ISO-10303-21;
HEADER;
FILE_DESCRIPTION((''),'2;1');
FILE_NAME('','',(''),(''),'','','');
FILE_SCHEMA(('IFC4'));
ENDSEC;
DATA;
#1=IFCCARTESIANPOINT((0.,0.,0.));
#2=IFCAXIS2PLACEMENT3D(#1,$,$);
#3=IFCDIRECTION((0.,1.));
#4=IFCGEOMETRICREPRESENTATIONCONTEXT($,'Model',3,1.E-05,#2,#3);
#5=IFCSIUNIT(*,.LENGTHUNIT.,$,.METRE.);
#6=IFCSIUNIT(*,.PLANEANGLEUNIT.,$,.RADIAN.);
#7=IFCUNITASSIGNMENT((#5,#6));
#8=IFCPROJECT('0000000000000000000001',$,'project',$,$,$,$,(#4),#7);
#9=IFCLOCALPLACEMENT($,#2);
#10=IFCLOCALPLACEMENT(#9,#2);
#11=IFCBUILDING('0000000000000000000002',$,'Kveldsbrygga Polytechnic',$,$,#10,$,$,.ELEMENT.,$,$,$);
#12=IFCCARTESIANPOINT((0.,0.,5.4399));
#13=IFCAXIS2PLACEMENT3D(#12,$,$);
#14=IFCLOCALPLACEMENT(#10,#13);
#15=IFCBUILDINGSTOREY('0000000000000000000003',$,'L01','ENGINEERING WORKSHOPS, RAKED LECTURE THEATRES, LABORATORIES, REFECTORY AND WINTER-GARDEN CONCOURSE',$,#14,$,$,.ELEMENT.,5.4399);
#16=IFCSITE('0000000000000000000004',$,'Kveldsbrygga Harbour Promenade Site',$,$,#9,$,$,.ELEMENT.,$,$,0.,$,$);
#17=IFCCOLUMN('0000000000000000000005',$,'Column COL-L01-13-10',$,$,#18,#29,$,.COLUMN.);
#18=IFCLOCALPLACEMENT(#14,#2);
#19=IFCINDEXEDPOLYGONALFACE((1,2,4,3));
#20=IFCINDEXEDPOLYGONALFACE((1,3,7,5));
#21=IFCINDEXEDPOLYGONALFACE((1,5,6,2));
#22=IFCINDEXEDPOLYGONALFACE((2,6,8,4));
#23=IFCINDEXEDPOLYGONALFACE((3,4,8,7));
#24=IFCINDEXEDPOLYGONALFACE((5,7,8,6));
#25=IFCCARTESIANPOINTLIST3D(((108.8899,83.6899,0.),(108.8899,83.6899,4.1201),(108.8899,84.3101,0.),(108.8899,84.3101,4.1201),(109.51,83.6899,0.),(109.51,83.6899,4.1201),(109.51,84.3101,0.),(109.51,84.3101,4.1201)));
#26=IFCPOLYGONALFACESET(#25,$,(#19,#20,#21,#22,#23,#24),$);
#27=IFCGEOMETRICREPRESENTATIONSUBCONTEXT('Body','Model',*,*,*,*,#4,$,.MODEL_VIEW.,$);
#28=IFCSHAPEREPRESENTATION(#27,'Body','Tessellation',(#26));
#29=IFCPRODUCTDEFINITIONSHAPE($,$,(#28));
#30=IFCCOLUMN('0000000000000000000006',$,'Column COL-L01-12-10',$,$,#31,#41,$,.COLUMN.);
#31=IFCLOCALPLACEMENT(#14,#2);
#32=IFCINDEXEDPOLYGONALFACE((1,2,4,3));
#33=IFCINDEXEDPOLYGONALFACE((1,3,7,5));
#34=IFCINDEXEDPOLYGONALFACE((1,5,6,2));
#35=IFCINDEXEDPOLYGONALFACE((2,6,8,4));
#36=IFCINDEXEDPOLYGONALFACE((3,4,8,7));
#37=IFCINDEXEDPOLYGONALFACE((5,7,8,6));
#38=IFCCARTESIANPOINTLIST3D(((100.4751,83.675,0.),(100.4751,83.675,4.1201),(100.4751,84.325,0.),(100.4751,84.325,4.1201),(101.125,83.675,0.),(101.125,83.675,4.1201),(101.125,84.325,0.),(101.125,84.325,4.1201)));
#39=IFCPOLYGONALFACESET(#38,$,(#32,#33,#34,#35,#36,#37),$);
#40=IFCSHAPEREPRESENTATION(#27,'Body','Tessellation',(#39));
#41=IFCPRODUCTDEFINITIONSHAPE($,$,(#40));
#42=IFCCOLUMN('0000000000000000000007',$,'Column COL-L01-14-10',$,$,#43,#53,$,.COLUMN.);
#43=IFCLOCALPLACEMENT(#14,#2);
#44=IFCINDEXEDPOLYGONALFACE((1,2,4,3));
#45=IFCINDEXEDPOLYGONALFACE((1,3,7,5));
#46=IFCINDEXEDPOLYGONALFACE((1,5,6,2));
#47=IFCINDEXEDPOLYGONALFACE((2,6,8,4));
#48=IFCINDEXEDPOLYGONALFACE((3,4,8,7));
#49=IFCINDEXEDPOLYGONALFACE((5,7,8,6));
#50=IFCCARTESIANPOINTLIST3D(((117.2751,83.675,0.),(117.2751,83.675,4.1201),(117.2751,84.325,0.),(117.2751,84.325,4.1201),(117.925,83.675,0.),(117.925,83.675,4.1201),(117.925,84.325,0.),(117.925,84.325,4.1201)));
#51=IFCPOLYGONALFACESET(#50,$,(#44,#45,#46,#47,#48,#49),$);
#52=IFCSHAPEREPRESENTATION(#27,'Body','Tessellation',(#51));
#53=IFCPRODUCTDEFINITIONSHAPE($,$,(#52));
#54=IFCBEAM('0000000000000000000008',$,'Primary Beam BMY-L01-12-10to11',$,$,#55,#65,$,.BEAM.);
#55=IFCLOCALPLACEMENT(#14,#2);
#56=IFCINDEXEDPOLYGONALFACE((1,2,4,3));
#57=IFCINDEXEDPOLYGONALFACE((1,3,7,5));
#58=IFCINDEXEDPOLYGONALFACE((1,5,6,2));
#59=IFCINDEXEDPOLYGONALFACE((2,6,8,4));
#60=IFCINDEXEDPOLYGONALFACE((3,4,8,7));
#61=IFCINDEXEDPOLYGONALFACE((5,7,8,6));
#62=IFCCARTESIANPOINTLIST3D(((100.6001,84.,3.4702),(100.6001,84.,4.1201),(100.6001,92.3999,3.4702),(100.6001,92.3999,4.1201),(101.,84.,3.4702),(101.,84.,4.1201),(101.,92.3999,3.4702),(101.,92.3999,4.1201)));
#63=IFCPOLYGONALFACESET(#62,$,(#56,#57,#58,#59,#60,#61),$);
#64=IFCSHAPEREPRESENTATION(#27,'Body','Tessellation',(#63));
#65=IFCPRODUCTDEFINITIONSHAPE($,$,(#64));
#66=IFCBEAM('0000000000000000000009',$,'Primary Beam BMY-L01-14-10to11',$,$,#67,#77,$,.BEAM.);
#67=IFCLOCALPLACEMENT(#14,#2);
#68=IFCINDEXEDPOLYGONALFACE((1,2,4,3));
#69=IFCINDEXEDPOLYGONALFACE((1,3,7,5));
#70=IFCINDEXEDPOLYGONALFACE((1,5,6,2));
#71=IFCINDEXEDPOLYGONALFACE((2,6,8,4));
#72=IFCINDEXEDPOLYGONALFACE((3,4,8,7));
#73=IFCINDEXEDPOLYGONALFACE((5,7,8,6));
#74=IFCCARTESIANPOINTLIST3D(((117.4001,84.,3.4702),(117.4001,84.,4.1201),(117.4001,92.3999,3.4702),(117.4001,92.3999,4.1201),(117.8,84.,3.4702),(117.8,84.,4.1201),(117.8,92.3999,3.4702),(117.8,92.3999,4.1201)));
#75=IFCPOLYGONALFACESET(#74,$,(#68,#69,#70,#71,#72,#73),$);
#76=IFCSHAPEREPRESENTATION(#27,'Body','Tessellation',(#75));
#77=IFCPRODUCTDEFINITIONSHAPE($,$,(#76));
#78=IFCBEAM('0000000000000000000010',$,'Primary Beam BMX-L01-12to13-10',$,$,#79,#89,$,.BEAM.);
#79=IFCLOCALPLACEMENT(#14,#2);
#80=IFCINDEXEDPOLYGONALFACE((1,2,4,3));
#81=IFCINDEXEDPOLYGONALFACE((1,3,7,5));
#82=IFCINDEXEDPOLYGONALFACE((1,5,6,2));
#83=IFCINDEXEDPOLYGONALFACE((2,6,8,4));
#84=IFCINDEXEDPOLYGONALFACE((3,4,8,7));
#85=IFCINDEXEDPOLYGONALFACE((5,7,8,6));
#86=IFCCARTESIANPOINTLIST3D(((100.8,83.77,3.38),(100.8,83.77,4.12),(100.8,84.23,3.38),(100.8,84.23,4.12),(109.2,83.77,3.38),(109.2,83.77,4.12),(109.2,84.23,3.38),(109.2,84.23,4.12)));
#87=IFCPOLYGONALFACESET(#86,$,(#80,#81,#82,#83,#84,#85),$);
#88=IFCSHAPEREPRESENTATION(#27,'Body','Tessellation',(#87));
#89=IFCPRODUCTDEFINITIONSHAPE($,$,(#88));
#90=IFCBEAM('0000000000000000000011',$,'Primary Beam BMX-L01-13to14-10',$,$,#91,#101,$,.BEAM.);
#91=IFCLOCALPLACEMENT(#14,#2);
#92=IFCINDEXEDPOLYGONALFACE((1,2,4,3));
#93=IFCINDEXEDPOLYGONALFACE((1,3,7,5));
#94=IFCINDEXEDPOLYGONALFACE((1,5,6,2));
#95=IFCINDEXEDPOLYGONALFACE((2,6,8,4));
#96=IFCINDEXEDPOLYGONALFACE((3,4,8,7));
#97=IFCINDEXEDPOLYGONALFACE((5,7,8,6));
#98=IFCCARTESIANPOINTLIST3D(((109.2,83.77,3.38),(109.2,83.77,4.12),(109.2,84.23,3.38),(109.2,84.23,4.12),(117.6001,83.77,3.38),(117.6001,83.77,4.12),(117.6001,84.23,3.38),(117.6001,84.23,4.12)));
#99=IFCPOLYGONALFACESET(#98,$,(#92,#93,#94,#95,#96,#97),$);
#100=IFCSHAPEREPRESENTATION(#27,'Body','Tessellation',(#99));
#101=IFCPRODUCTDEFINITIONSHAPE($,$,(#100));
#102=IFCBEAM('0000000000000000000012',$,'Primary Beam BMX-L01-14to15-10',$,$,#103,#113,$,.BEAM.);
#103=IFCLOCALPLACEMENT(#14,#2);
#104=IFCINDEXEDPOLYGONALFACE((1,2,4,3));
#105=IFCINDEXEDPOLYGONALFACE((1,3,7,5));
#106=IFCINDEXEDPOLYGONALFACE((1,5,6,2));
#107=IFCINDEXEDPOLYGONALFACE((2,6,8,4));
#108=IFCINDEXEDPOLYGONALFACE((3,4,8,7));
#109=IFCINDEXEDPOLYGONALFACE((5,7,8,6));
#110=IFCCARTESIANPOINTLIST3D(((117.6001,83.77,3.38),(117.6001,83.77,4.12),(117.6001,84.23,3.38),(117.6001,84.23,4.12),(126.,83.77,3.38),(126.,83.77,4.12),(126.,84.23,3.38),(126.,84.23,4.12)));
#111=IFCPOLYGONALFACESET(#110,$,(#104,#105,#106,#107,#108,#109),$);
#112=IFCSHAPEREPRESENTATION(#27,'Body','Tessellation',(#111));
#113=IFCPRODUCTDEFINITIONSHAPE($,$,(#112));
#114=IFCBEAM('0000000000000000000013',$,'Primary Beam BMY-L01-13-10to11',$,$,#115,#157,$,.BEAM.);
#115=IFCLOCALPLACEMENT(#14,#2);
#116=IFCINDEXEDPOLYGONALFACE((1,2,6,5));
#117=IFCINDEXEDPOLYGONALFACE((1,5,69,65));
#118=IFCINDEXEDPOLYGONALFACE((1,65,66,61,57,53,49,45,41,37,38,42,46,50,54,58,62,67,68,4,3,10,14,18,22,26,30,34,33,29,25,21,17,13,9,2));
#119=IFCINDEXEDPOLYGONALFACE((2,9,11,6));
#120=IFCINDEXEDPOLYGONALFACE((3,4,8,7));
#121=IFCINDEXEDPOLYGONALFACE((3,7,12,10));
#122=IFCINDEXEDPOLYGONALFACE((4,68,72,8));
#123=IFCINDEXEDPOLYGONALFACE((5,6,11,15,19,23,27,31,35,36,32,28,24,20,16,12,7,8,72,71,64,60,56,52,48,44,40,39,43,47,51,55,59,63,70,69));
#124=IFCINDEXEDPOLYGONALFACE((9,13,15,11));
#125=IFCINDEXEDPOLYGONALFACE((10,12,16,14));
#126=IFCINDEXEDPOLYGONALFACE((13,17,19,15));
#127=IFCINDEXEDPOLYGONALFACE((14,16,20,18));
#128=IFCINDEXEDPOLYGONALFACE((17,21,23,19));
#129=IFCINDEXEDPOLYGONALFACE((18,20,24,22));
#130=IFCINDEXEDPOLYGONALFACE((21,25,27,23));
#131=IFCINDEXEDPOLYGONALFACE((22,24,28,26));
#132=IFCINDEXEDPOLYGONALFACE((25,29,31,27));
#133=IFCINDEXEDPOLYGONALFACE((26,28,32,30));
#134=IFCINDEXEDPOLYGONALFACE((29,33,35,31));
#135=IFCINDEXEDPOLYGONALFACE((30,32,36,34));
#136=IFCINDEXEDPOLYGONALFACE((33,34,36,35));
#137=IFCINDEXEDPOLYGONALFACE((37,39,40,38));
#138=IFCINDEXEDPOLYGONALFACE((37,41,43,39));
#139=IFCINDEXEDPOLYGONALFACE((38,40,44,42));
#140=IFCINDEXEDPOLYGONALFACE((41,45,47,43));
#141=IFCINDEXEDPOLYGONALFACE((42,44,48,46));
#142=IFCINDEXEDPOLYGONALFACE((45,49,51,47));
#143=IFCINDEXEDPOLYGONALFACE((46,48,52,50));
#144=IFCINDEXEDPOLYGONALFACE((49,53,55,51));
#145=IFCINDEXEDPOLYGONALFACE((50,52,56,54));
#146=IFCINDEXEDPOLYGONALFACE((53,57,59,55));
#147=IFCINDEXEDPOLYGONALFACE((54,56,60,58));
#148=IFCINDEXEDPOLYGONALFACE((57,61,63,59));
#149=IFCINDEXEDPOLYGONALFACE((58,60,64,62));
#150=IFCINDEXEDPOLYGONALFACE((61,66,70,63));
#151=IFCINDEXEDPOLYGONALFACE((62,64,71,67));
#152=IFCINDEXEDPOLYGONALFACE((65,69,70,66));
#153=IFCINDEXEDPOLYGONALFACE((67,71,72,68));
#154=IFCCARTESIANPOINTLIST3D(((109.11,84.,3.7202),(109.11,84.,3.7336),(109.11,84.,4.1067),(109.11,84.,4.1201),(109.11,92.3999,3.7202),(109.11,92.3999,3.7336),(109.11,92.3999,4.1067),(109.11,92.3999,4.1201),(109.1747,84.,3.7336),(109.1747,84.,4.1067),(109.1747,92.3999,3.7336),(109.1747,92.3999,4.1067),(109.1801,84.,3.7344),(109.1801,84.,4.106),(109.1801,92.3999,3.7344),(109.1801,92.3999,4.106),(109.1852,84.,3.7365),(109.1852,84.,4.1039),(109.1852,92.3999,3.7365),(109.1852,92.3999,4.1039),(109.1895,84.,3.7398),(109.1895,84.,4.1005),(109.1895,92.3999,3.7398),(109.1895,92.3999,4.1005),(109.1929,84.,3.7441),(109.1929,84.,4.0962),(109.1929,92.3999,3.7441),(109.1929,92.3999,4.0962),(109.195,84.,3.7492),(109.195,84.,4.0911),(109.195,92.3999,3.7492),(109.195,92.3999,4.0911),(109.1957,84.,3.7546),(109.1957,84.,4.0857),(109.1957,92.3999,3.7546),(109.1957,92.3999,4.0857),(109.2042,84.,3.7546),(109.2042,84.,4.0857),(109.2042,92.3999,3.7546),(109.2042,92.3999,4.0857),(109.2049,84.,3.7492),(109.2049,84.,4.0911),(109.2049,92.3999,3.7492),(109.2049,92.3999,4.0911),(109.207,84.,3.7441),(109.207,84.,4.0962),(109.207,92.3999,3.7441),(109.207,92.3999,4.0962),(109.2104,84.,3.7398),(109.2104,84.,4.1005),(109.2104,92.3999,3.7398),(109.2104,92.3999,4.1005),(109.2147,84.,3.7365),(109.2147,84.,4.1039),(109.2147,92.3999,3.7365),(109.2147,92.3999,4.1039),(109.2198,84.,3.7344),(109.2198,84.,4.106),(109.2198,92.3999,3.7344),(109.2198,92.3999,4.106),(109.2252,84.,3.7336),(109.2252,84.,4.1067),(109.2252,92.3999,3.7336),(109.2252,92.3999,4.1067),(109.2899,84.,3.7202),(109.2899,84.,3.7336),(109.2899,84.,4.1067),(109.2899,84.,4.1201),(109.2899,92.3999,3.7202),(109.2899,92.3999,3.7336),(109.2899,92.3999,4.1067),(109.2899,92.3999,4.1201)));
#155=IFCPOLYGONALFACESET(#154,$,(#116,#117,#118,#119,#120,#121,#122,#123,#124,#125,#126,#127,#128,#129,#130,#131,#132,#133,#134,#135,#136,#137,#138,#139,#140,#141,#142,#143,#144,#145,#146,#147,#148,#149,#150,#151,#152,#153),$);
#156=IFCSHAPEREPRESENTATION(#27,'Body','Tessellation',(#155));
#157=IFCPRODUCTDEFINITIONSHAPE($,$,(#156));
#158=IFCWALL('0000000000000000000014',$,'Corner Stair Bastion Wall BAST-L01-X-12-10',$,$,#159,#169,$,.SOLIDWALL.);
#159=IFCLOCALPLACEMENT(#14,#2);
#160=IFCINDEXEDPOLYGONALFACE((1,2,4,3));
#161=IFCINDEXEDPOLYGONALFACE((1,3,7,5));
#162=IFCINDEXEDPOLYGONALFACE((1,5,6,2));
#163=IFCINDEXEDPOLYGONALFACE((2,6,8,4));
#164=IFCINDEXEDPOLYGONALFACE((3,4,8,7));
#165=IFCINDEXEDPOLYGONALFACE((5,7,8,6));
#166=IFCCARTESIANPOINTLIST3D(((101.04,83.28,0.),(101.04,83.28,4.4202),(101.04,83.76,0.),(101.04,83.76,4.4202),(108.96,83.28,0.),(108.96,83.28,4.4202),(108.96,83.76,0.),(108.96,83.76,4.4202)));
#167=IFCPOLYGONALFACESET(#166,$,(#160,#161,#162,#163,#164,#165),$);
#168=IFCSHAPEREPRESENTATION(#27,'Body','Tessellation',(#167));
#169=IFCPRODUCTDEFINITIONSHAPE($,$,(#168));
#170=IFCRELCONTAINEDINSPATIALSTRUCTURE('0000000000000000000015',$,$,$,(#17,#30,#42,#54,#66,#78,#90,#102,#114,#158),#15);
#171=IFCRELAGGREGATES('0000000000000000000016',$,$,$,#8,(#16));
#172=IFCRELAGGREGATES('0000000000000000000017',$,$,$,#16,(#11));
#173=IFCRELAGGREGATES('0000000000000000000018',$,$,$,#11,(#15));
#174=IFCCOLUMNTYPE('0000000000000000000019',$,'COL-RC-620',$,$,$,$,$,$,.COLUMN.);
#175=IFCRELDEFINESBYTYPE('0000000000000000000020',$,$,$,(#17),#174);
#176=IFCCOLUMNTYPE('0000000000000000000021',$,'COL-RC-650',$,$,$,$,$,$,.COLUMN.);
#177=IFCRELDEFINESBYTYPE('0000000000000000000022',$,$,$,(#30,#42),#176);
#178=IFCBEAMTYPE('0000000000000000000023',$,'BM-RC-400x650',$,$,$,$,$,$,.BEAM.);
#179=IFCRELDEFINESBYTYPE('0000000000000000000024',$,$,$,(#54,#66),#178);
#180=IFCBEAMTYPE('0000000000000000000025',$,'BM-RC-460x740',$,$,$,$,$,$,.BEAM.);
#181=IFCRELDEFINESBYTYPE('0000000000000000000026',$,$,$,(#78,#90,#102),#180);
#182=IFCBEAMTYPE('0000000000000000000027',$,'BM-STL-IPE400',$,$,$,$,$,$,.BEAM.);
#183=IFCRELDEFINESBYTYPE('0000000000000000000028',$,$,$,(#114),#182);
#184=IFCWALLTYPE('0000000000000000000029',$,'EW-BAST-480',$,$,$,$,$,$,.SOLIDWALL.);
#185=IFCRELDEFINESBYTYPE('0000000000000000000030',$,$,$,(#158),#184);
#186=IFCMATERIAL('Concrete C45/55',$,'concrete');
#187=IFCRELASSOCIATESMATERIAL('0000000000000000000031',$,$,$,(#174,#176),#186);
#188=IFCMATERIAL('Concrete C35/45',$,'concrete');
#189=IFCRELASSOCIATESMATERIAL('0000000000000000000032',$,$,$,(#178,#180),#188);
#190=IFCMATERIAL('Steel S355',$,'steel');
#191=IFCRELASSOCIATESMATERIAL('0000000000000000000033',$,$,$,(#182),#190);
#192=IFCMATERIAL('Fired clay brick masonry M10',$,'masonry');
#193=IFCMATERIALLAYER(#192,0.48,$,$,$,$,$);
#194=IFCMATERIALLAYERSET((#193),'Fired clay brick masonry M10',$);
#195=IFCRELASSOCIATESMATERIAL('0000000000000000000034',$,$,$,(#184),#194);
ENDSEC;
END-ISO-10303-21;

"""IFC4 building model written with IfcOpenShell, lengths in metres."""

from ifc_helpers import new_model, si_unit, direction, frame, frame_2d, origin, origin_2d, place, context, subcontext, project, spatial, rectangle, i_section, extrude, material, layer, layer_set, material_profile, profile_set, type_object, element, save


model = new_model("IFC4")

# Units and contexts
model_context = context("Model", 3, precision=1e-05, world=origin(), true_north=direction((0.0, 1.0)))
body_context = subcontext(model_context, "Body", "Model", "MODEL_VIEW")
ifc_project = project(units=[si_unit("LENGTHUNIT", "METRE"), si_unit("PLANEANGLEUNIT", "RADIAN")], contexts=[model_context])

# Site, building, storey
site_placement = place(None, origin())
site = spatial("IfcSite", under=ifc_project, at=site_placement, Name="Kveldsbrygga Harbour Promenade Site", CompositionType="ELEMENT", RefElevation=0.0)
building_placement = place(site_placement, origin())
building = spatial("IfcBuilding", under=site, at=building_placement, Name="Kveldsbrygga Polytechnic", CompositionType="ELEMENT")
storey_placement = place(building_placement, frame((0.0, 0.0, 5.4399)))
storey = spatial("IfcBuildingStorey", under=building, at=storey_placement, Name="L01", Description="ENGINEERING WORKSHOPS, RAKED LECTURE THEATRES, LABORATORIES, REFECTORY AND WINTER-GARDEN CONCOURSE", CompositionType="ELEMENT", Elevation=5.4399)

# Columns
ifc_material_1 = material(Name="Concrete C45/55", Category="concrete")
ifc_material_profile_1 = material_profile(ifc_material_1, rectangle(XDim=0.6201, YDim=0.6201, at=origin_2d()), Name="RC 620x620")
ifc_profile_set_1 = profile_set([ifc_material_profile_1], Name="Concrete C45/55")
column_type_1 = type_object("IfcColumnType", Name="COL-RC-620", PredefinedType="COLUMN", material=ifc_profile_set_1)
column_placement = place(storey_placement, frame((109.2, 84.0, 0.0), z_axis=(0.0, 0.0, 1.0), x_axis=(1.0, 0.0, 0.0)))
element("IfcColumn", 1, at=column_placement, inside=storey, type_object=column_type_1, Name="Column COL-L01-13-10", PredefinedType="COLUMN", context=body_context, shape_type="SweptSolid", body=[
    extrude(rectangle(XDim=0.6201, YDim=0.6201, at=origin_2d()), origin(), (0.0, 0.0, 1.0), 4.1201),
])
ifc_material_profile_2 = material_profile(ifc_material_1, rectangle(XDim=0.6499, YDim=0.6499, at=origin_2d()), Name="RC 650x650")
ifc_profile_set_2 = profile_set([ifc_material_profile_2], Name="Concrete C45/55")
column_type_2 = type_object("IfcColumnType", Name="COL-RC-650", PredefinedType="COLUMN", material=ifc_profile_set_2)
for number, where, z_axis, x_axis, name in (
    (2, (100.8, 84.0, 0.0), (0.0, 0.0, 1.0), (1.0, 0.0, 0.0), "Column COL-L01-12-10"),
    (3, (117.6001, 84.0, 0.0), (0.0, 0.0, 1.0), (1.0, 0.0, 0.0), "Column COL-L01-14-10"),
):
    element("IfcColumn", number, at=place(storey_placement, frame(where, z_axis=z_axis, x_axis=x_axis)), inside=storey, type_object=column_type_2, Name=name, PredefinedType="COLUMN", context=body_context, shape_type="SweptSolid", body=[
        extrude(rectangle(XDim=0.6499, YDim=0.6499, at=origin_2d()), origin(), (0.0, 0.0, 1.0), 4.1201),
    ])

# Beams
ifc_material_2 = material(Name="Concrete C35/45", Category="concrete")
ifc_material_profile_3 = material_profile(ifc_material_2, rectangle(XDim=0.3999, YDim=0.6499, at=origin_2d()), Name="RC 400x650")
ifc_profile_set_3 = profile_set([ifc_material_profile_3], Name="Concrete C35/45")
beam_type_1 = type_object("IfcBeamType", Name="BM-RC-400x650", PredefinedType="BEAM", material=ifc_profile_set_3)
for number, where, z_axis, x_axis, name in (
    (4, (100.8, 84.0, 3.7952), (0.0, 1.0, 0.0), (-1.0, 0.0, 0.0), "Primary Beam BMY-L01-12-10to11"),
    (5, (117.6001, 84.0, 3.7952), (0.0, 1.0, 0.0), (-1.0, 0.0, 0.0), "Primary Beam BMY-L01-14-10to11"),
):
    element("IfcBeam", number, at=place(storey_placement, frame(where, z_axis=z_axis, x_axis=x_axis)), inside=storey, type_object=beam_type_1, Name=name, PredefinedType="BEAM", context=body_context, shape_type="SweptSolid", body=[
        extrude(rectangle(XDim=0.3999, YDim=0.6499, at=origin_2d()), origin(), (0.0, 0.0, 1.0), 8.3999),
    ])
ifc_material_profile_4 = material_profile(ifc_material_2, rectangle(XDim=0.46, YDim=0.74, at=origin_2d()), Name="RC 460x740")
ifc_profile_set_4 = profile_set([ifc_material_profile_4], Name="Concrete C35/45")
beam_type_2 = type_object("IfcBeamType", Name="BM-RC-460x740", PredefinedType="BEAM", material=ifc_profile_set_4)
beam_1_placement = place(storey_placement, frame((100.8, 84.0, 3.75), z_axis=(1.0, 0.0, 0.0), x_axis=(0.0, 1.0, 0.0)))
element("IfcBeam", 6, at=beam_1_placement, inside=storey, type_object=beam_type_2, Name="Primary Beam BMX-L01-12to13-10", PredefinedType="BEAM", context=body_context, shape_type="SweptSolid", body=[
    extrude(rectangle(XDim=0.46, YDim=0.74, at=origin_2d()), origin(), (0.0, 0.0, 1.0), 8.3999),
])
beam_2_placement = place(storey_placement, frame((109.2, 84.0, 3.75), z_axis=(1.0, 0.0, 0.0), x_axis=(0.0, 1.0, 0.0)))
element("IfcBeam", 7, at=beam_2_placement, inside=storey, type_object=beam_type_2, Name="Primary Beam BMX-L01-13to14-10", PredefinedType="BEAM", context=body_context, shape_type="SweptSolid", body=[
    extrude(rectangle(XDim=0.46, YDim=0.74, at=origin_2d()), origin(), (0.0, 0.0, 1.0), 8.4001),
])
beam_3_placement = place(storey_placement, frame((117.6001, 84.0, 3.75), z_axis=(1.0, 0.0, 0.0), x_axis=(0.0, 1.0, 0.0)))
element("IfcBeam", 8, at=beam_3_placement, inside=storey, type_object=beam_type_2, Name="Primary Beam BMX-L01-14to15-10", PredefinedType="BEAM", context=body_context, shape_type="SweptSolid", body=[
    extrude(rectangle(XDim=0.46, YDim=0.74, at=origin_2d()), origin(), (0.0, 0.0, 1.0), 8.3999),
])
ifc_material_3 = material(Name="Steel S355", Category="steel")
ifc_material_profile_5 = material_profile(ifc_material_3, i_section(OverallWidth=0.1799, OverallDepth=0.3999, WebThickness=0.0085, FlangeThickness=0.0134, FilletRadius=0.021, at=origin_2d()), Name="IPE 400")
ifc_profile_set_5 = profile_set([ifc_material_profile_5], Name="Steel S355")
beam_type_3 = type_object("IfcBeamType", Name="BM-STL-IPE400", PredefinedType="BEAM", material=ifc_profile_set_5)
beam_4_placement = place(storey_placement, frame((109.2, 84.0, 3.9202), z_axis=(0.0, 1.0, 0.0), x_axis=(-1.0, 0.0, 0.0)))
element("IfcBeam", 9, at=beam_4_placement, inside=storey, type_object=beam_type_3, Name="Primary Beam BMY-L01-13-10to11", PredefinedType="BEAM", context=body_context, shape_type="SweptSolid", body=[
    extrude(i_section(OverallWidth=0.1799, OverallDepth=0.3999, WebThickness=0.0085, FlangeThickness=0.0134, FilletRadius=0.021, at=origin_2d()), origin(), (0.0, 0.0, 1.0), 8.3999),
])

# Wall
ifc_material_4 = material(Name="Fired clay brick masonry M10", Category="masonry")
ifc_layer_1 = layer(ifc_material_4, 0.48)
ifc_layer_set_1 = layer_set([ifc_layer_1], Name="Fired clay brick masonry M10")
wall_type_1 = type_object("IfcWallType", Name="EW-BAST-480", PredefinedType="SOLIDWALL", material=ifc_layer_set_1)
wall_1_placement = place(storey_placement, frame((101.04, 83.52, 0.0), z_axis=(0.0, 0.0, 1.0), x_axis=(1.0, 0.0, 0.0)))
element("IfcWall", 10, at=wall_1_placement, inside=storey, type_object=wall_type_1, Name="Corner Stair Bastion Wall BAST-L01-X-12-10", PredefinedType="SOLIDWALL", context=body_context, shape_type="SweptSolid", body=[
    extrude(rectangle(XDim=7.9199, YDim=0.48, at=frame_2d((3.96, 0.0))), origin(), (0.0, 0.0, 1.0), 4.4202),
])

save(model, "model.ifc")
